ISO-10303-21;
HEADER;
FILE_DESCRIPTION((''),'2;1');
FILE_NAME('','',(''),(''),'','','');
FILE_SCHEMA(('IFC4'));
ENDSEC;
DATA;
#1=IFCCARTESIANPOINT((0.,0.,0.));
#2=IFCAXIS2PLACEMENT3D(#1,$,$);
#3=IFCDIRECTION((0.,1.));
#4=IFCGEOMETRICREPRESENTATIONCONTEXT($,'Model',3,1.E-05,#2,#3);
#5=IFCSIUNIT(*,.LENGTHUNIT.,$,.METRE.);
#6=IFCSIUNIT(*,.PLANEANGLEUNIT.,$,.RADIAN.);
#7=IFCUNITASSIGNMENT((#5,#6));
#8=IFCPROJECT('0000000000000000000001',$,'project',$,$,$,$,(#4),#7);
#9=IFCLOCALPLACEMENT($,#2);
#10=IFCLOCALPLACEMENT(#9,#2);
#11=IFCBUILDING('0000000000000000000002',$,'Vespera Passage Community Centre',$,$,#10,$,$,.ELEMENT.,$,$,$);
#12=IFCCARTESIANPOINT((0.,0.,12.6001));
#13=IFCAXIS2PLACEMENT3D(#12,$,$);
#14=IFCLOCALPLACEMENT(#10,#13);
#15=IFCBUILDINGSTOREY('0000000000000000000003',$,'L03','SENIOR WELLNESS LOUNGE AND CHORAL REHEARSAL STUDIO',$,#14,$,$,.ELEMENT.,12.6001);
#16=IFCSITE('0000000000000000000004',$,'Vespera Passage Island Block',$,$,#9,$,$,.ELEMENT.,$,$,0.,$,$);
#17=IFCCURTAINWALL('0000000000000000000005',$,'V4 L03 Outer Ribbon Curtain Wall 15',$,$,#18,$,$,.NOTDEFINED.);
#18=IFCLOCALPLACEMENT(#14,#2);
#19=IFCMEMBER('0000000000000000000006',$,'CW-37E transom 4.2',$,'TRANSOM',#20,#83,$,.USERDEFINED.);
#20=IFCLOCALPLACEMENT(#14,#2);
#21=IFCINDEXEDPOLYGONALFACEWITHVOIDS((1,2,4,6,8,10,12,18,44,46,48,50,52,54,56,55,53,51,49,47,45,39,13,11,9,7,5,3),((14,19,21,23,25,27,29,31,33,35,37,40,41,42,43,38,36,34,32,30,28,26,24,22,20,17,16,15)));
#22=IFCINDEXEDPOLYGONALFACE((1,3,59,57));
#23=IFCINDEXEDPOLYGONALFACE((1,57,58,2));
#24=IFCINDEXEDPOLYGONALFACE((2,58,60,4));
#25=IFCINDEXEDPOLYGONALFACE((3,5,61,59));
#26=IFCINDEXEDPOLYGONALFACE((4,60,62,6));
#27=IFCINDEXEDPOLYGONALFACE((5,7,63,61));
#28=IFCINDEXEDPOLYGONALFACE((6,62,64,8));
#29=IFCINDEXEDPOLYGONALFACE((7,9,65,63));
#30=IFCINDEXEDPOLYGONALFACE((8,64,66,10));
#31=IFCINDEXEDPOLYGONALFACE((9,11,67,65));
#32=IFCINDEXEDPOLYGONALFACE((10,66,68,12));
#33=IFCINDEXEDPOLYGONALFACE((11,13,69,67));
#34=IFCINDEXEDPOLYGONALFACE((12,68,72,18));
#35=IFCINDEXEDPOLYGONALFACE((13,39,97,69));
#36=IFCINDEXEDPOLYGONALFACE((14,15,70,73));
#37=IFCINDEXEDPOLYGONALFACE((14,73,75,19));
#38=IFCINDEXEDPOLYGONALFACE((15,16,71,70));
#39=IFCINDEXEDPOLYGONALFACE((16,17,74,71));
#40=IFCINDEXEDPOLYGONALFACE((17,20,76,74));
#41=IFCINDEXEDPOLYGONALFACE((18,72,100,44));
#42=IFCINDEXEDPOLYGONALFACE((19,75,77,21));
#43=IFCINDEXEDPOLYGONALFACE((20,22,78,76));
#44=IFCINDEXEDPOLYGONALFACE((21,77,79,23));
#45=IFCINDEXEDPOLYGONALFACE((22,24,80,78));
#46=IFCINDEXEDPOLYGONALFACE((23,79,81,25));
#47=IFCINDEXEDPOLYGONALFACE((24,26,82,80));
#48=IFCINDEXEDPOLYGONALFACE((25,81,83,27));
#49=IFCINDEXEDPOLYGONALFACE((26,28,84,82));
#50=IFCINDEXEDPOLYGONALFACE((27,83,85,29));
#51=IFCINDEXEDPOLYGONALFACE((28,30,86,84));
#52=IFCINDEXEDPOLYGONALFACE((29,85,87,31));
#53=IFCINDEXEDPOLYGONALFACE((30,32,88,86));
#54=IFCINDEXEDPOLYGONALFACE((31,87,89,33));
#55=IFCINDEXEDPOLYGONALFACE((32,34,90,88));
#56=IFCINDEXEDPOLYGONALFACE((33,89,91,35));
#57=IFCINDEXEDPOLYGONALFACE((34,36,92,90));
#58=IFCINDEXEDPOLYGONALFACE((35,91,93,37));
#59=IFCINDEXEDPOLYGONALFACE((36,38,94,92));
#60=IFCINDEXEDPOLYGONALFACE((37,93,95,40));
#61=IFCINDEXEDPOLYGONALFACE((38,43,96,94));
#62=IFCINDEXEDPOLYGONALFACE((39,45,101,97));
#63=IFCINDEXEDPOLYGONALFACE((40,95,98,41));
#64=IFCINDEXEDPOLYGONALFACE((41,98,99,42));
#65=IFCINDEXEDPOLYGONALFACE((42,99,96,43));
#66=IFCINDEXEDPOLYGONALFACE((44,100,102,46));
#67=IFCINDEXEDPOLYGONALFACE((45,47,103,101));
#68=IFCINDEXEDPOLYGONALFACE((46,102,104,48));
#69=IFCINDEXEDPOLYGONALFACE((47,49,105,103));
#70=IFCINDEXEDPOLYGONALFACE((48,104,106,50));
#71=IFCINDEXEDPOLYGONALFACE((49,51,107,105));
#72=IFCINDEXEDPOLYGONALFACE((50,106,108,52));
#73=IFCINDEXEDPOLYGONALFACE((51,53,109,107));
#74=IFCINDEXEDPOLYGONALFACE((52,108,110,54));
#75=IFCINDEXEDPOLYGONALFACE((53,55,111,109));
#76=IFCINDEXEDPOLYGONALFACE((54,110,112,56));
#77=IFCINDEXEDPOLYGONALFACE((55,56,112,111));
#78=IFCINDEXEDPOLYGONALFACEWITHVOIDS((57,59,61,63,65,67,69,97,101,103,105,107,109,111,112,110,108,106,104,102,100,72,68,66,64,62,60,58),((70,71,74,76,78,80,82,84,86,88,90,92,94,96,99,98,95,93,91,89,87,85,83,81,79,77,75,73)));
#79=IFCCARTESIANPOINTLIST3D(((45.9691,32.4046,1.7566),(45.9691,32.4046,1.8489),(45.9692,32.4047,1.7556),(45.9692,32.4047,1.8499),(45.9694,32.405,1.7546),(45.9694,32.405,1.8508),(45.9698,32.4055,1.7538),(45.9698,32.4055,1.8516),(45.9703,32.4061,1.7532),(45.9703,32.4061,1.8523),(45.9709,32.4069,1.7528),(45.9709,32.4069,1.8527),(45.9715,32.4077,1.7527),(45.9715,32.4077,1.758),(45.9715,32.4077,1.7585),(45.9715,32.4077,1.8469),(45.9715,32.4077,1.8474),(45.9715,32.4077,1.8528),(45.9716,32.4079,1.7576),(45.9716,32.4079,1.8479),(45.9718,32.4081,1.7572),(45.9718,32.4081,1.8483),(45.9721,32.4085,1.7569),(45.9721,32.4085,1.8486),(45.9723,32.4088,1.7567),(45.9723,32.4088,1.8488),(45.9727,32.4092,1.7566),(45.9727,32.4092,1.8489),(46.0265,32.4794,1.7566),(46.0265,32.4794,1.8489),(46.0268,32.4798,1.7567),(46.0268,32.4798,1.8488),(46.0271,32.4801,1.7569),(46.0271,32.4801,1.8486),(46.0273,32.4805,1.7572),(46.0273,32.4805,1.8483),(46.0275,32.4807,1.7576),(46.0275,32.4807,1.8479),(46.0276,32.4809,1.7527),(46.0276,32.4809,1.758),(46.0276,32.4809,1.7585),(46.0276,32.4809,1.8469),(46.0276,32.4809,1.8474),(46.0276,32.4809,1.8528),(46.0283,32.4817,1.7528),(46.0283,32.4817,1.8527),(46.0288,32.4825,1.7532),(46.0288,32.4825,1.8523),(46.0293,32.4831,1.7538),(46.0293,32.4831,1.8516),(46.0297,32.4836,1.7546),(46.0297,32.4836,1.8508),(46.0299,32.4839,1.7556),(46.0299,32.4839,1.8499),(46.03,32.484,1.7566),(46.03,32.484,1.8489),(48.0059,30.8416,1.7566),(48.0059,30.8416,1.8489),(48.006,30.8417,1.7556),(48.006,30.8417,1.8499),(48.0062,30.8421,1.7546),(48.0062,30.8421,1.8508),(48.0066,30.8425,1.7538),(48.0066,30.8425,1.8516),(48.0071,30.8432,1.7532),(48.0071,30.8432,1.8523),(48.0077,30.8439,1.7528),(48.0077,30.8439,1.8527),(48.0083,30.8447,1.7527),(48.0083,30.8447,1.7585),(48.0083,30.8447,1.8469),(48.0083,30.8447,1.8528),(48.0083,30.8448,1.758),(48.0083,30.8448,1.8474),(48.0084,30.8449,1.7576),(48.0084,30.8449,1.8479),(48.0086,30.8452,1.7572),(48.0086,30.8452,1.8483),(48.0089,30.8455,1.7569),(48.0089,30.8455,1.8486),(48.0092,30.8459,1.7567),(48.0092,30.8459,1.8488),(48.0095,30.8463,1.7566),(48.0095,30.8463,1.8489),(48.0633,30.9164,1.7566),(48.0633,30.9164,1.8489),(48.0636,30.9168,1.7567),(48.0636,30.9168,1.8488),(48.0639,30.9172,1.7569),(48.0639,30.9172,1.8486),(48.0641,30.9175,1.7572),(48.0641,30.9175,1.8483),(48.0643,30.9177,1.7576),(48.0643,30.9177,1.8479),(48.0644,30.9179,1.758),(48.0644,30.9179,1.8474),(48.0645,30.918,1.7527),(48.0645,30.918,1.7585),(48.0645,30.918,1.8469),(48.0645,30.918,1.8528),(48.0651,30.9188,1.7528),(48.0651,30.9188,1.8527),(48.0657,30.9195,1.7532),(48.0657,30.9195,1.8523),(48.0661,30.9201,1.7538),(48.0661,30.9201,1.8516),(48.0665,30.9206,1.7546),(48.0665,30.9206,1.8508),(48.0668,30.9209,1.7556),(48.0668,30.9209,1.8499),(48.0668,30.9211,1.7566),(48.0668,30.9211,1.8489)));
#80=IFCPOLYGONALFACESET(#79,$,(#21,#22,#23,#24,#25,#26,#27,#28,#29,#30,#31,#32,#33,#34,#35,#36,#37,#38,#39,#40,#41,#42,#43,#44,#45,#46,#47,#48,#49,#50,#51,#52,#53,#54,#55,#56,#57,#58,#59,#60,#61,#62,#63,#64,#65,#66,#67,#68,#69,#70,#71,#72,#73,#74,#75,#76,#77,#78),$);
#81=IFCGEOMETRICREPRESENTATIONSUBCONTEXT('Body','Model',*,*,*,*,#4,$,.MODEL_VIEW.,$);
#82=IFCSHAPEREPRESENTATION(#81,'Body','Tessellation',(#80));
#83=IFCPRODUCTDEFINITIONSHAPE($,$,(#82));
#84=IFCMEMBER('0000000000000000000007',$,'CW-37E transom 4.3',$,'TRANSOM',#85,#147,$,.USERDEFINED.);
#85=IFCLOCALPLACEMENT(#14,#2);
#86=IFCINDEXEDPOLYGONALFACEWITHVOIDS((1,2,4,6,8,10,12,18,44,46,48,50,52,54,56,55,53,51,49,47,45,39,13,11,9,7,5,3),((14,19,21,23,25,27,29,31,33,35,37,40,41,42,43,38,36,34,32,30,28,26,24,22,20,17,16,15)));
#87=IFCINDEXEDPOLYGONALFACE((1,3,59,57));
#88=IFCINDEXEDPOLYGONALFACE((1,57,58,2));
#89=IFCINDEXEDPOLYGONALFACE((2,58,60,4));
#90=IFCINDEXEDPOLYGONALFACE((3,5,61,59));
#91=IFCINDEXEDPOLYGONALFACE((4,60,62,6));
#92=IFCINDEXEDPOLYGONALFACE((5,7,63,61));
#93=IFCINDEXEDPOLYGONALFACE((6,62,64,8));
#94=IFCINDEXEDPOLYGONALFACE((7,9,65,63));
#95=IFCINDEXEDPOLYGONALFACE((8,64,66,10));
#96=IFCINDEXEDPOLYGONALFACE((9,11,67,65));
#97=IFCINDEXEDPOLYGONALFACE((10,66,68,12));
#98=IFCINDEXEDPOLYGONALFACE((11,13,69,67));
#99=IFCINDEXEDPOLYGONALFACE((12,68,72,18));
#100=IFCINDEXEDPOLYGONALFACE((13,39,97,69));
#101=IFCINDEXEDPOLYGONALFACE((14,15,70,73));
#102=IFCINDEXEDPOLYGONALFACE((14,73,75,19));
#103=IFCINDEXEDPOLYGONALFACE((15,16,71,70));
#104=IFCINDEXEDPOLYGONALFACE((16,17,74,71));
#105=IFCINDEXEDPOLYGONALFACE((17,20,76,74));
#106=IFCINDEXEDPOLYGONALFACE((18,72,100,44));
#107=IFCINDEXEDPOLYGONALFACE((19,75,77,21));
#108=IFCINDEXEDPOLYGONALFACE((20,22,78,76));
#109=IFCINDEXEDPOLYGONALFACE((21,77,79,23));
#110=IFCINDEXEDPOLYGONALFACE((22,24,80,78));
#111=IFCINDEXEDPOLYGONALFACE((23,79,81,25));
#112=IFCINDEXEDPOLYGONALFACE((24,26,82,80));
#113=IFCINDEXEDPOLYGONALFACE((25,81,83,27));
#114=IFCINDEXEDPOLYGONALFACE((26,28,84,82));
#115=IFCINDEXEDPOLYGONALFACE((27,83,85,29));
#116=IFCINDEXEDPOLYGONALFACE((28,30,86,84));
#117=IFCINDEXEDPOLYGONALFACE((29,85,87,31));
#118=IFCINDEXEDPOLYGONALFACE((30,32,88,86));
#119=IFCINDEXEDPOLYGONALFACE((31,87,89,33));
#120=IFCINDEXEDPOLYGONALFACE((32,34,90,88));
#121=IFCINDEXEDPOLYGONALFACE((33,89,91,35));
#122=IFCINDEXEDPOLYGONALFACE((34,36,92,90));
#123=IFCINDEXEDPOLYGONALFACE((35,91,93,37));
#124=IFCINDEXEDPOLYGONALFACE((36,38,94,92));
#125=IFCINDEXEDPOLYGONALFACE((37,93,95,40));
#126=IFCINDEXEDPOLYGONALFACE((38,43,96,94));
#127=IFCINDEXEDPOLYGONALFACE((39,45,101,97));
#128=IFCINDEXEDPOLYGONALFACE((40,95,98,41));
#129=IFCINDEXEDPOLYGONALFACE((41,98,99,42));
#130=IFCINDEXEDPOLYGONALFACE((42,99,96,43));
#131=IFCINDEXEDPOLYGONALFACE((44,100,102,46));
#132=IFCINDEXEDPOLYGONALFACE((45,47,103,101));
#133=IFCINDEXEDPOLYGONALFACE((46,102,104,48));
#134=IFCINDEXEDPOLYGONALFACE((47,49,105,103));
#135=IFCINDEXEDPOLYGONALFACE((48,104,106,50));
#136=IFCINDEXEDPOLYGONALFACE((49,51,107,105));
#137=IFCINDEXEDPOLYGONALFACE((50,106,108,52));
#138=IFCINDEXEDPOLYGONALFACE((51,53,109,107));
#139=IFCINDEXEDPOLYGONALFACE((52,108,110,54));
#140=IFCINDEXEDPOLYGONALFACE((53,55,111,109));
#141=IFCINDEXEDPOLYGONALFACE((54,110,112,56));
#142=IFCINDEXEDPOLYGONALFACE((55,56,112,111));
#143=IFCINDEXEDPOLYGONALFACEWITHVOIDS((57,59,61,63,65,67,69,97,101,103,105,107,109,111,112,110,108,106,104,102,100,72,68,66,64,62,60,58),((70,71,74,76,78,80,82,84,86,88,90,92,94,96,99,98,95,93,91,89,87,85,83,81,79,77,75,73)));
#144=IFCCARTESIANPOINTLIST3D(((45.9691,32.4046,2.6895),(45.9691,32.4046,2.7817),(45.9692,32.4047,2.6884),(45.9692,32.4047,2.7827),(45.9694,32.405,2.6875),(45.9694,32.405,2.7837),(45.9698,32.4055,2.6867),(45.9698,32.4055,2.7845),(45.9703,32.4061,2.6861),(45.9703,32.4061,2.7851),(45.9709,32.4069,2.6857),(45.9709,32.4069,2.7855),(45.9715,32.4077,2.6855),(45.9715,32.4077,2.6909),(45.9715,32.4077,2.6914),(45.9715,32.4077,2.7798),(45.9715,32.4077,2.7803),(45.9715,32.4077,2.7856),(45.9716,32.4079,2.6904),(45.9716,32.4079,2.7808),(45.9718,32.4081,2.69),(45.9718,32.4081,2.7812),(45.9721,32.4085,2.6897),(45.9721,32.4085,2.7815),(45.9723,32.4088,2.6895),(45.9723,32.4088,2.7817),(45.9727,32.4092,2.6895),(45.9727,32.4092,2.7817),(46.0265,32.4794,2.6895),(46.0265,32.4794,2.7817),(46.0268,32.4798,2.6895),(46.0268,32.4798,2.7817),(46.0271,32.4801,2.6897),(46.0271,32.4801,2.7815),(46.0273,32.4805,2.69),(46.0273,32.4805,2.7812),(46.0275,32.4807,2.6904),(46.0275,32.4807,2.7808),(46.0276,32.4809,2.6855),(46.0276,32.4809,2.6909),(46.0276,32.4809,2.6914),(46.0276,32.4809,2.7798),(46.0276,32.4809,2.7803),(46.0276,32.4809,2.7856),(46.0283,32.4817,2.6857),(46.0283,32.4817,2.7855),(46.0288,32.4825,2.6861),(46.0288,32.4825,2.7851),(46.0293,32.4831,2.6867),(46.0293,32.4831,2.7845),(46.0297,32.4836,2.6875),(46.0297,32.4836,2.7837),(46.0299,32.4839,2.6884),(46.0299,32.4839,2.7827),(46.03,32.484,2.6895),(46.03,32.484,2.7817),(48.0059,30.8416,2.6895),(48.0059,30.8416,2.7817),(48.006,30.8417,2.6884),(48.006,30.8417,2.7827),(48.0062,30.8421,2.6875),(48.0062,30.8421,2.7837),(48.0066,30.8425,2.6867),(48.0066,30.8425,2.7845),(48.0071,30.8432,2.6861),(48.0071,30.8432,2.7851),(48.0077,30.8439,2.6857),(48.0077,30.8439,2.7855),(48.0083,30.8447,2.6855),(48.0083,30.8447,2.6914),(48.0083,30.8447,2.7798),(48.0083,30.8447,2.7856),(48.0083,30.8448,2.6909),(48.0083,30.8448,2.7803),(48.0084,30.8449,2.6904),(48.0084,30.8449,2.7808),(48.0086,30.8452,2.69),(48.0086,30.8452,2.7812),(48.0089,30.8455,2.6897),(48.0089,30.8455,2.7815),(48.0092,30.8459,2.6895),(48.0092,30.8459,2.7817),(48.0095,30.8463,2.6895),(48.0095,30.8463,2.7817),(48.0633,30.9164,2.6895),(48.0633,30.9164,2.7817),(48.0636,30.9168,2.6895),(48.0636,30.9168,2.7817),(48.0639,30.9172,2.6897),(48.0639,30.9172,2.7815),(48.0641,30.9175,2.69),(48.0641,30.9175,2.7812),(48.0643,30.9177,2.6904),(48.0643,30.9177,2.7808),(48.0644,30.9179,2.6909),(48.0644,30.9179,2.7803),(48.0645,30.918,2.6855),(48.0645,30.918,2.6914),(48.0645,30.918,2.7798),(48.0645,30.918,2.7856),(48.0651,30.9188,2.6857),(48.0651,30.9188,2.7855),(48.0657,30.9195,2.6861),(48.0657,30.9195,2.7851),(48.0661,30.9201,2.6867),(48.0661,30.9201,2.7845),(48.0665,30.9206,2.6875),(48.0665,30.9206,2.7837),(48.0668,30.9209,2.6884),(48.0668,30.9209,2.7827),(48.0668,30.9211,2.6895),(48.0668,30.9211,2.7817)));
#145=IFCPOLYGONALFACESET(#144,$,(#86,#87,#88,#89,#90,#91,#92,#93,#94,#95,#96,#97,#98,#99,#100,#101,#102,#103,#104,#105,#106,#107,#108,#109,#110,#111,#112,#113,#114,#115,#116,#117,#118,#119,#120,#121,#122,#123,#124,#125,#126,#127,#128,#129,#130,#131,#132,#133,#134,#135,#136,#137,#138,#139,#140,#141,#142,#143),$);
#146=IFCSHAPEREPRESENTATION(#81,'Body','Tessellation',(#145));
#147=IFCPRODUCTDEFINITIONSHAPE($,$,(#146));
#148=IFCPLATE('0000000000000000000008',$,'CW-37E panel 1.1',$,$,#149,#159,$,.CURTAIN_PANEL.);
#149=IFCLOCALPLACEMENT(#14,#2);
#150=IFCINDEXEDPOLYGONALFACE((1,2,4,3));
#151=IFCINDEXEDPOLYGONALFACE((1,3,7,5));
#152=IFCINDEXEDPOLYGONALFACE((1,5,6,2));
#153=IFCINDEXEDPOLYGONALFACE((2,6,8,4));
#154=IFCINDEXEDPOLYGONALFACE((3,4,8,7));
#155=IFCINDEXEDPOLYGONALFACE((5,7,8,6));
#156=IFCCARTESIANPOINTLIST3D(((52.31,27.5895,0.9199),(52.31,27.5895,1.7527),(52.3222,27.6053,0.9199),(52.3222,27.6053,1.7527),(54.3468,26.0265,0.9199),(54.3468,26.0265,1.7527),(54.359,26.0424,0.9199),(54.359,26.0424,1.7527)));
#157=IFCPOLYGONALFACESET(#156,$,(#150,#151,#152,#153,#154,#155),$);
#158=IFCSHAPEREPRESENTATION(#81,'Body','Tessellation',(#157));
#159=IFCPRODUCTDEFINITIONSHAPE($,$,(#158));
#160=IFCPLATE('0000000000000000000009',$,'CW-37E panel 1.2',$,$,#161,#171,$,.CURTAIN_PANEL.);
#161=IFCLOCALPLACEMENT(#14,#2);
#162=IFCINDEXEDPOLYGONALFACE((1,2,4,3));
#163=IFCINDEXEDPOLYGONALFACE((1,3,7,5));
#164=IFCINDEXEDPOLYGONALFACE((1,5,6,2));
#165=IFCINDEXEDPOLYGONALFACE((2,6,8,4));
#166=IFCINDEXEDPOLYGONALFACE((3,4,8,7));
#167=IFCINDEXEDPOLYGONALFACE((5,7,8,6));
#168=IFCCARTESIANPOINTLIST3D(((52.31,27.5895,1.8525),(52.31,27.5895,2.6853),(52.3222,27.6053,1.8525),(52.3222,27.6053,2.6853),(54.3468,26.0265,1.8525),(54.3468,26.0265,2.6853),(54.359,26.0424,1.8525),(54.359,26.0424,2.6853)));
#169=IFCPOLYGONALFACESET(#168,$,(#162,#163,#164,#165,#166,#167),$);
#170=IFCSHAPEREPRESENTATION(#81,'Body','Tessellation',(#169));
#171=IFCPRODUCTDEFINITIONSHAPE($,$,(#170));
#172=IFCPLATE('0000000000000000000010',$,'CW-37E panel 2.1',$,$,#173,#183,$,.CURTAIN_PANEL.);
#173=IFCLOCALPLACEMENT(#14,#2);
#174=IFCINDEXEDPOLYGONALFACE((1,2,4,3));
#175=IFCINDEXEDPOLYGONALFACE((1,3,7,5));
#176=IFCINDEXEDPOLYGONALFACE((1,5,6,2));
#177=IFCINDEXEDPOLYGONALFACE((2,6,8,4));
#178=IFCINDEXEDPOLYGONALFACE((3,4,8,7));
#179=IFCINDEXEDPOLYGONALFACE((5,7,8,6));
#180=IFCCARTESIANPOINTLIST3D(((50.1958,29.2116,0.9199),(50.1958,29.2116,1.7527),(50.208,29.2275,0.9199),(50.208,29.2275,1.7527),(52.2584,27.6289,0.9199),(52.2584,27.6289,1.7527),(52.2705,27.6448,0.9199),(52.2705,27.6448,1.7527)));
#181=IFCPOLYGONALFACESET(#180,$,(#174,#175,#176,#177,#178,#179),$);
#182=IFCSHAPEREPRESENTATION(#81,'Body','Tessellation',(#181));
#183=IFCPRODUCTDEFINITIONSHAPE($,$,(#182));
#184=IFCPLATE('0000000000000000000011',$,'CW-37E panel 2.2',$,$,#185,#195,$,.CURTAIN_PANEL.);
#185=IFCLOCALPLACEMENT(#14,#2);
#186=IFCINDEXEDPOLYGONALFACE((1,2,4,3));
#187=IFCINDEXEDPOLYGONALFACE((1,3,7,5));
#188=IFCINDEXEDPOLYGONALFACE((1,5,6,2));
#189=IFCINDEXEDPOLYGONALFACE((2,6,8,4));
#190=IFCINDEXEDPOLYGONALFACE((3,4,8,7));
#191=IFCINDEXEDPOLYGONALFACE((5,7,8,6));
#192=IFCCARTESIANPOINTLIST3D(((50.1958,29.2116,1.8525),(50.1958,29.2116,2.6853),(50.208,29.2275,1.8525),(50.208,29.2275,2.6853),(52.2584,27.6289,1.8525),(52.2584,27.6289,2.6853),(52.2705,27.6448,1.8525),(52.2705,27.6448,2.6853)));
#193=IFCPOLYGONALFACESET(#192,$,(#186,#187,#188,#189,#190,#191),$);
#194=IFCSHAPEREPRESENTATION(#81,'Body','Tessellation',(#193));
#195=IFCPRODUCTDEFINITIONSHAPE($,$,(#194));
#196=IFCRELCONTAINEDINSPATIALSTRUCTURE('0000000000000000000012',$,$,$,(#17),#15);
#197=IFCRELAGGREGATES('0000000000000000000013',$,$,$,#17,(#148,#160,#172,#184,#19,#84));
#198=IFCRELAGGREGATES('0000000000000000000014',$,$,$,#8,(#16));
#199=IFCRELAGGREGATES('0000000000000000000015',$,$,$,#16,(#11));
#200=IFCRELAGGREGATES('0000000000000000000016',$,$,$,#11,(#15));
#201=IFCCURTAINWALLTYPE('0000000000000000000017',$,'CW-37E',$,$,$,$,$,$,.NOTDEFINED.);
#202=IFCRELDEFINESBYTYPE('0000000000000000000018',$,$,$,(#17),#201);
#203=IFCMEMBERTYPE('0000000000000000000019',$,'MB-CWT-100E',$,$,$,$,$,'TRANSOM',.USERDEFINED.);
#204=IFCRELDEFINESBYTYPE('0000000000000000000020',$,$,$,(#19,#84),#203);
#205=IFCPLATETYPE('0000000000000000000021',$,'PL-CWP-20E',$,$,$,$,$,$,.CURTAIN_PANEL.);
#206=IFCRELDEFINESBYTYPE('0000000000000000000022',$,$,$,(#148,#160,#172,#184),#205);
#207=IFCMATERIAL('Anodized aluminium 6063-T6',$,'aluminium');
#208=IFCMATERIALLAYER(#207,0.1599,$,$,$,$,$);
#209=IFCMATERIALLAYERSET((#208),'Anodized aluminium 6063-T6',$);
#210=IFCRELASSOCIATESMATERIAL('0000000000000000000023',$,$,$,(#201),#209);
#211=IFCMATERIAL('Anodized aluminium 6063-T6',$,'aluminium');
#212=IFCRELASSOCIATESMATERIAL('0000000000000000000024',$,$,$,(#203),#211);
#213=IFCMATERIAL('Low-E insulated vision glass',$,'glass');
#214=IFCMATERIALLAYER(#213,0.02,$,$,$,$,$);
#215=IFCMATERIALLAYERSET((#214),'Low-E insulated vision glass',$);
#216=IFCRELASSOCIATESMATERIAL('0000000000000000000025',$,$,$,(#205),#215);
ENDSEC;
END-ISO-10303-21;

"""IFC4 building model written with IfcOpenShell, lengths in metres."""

from ifc_helpers import new_model, si_unit, direction, frame, origin, origin_2d, place, context, subcontext, project, spatial, rectangle, hollow_rectangle, extrude, material, layer, layer_set, material_profile, profile_set, type_object, element, aggregate, save


model = new_model("IFC4")

# Units and contexts
model_context = context("Model", 3, precision=1e-05, world=origin(), true_north=direction((0.0, 1.0)))
body_context = subcontext(model_context, "Body", "Model", "MODEL_VIEW")
ifc_project = project(units=[si_unit("LENGTHUNIT", "METRE"), si_unit("PLANEANGLEUNIT", "RADIAN")], contexts=[model_context])

# Site, building, storey
site_placement = place(None, origin())
site = spatial("IfcSite", under=ifc_project, at=site_placement, Name="Vespera Passage Island Block", CompositionType="ELEMENT", RefElevation=0.0)
building_placement = place(site_placement, origin())
building = spatial("IfcBuilding", under=site, at=building_placement, Name="Vespera Passage Community Centre", CompositionType="ELEMENT")
storey_placement = place(building_placement, frame((0.0, 0.0, 12.6001)))
storey = spatial("IfcBuildingStorey", under=building, at=storey_placement, Name="L03", Description="SENIOR WELLNESS LOUNGE AND CHORAL REHEARSAL STUDIO", CompositionType="ELEMENT", Elevation=12.6001)

# Curtain wall, members, plates
ifc_material_1 = material(Name="Anodized aluminium 6063-T6", Category="aluminium")
ifc_layer_1 = layer(ifc_material_1, 0.1599)
ifc_layer_set_1 = layer_set([ifc_layer_1], Name="Anodized aluminium 6063-T6")
curtain_wall_type = type_object("IfcCurtainWallType", Name="CW-37E", PredefinedType="NOTDEFINED", material=ifc_layer_set_1)
curtain_wall_placement = place(storey_placement, origin())
curtain_wall = element("IfcCurtainWall", 1, at=curtain_wall_placement, inside=storey, type_object=curtain_wall_type, Name="V4 L03 Outer Ribbon Curtain Wall 15", PredefinedType="NOTDEFINED")
ifc_material_2 = material(Name="Anodized aluminium 6063-T6", Category="aluminium")
ifc_material_profile_1 = material_profile(ifc_material_2, hollow_rectangle(XDim=0.1001, YDim=0.1001, WallThickness=0.0039, InnerFilletRadius=0.002, OuterFilletRadius=0.0039, at=origin_2d()), Name="ALU100X100X4")
ifc_profile_set_1 = profile_set([ifc_material_profile_1], Name="Anodized aluminium 6063-T6")
member_type_1 = type_object("IfcMemberType", Name="MB-CWT-100E", ElementType="TRANSOM", PredefinedType="USERDEFINED", material=ifc_profile_set_1)
member_1_placement = place(storey_placement, frame((48.0364, 30.8813, 1.8027), z_axis=(-0.793345, 0.608773, 0.0), x_axis=(-0.608773, -0.793345, 0.0)))
member_1 = element("IfcMember", 2, at=member_1_placement, type_object=member_type_1, Name="CW-37E transom 4.2", ObjectType="TRANSOM", PredefinedType="USERDEFINED", context=body_context, shape_type="SweptSolid", body=[
    extrude(hollow_rectangle(XDim=0.1001, YDim=0.1001, WallThickness=0.0039, InnerFilletRadius=0.002, OuterFilletRadius=0.0039, at=origin_2d()), origin(), (0.0, 0.0, 1.0), 2.5674),
])
member_2_placement = place(storey_placement, frame((48.0364, 30.8813, 2.7356), z_axis=(-0.793345, 0.608773, 0.0), x_axis=(-0.608773, -0.793345, 0.0)))
member_2 = element("IfcMember", 3, at=member_2_placement, type_object=member_type_1, Name="CW-37E transom 4.3", ObjectType="TRANSOM", PredefinedType="USERDEFINED", context=body_context, shape_type="SweptSolid", body=[
    extrude(hollow_rectangle(XDim=0.1001, YDim=0.1001, WallThickness=0.0039, InnerFilletRadius=0.002, OuterFilletRadius=0.0039, at=origin_2d()), origin(), (0.0, 0.0, 1.0), 2.5674),
])
ifc_material_3 = material(Name="Low-E insulated vision glass", Category="glass")
ifc_layer_2 = layer(ifc_material_3, 0.02)
ifc_layer_set_2 = layer_set([ifc_layer_2], Name="Low-E insulated vision glass")
plate_type = type_object("IfcPlateType", Name="PL-CWP-20E", PredefinedType="CURTAIN_PANEL", material=ifc_layer_set_2)
plate_1_placement = place(storey_placement, frame((53.3345, 26.8159, 0.9199), z_axis=(0.0, 0.0, 1.0), x_axis=(-0.793345, 0.608772, 0.0)))
plate_1 = element("IfcPlate", 4, at=plate_1_placement, type_object=plate_type, Name="CW-37E panel 1.1", PredefinedType="CURTAIN_PANEL", context=body_context, shape_type="SweptSolid", body=[
    extrude(rectangle(XDim=2.5674, YDim=0.02, at=origin_2d()), origin(), (0.0, 0.0, 1.0), 0.8328),
])
plate_2_placement = place(storey_placement, frame((53.3345, 26.8159, 1.8525), z_axis=(0.0, 0.0, 1.0), x_axis=(-0.793345, 0.608772, 0.0)))
plate_2 = element("IfcPlate", 5, at=plate_2_placement, type_object=plate_type, Name="CW-37E panel 1.2", PredefinedType="CURTAIN_PANEL", context=body_context, shape_type="SweptSolid", body=[
    extrude(rectangle(XDim=2.5674, YDim=0.02, at=origin_2d()), origin(), (0.0, 0.0, 1.0), 0.8328),
])
plate_3_placement = place(storey_placement, frame((51.2332, 28.4282, 0.9199), z_axis=(0.0, 0.0, 1.0), x_axis=(-0.793345, 0.608772, 0.0)))
plate_3 = element("IfcPlate", 6, at=plate_3_placement, type_object=plate_type, Name="CW-37E panel 2.1", PredefinedType="CURTAIN_PANEL", context=body_context, shape_type="SweptSolid", body=[
    extrude(rectangle(XDim=2.5999, YDim=0.02, at=origin_2d()), origin(), (0.0, 0.0, 1.0), 0.8328),
])
plate_4_placement = place(storey_placement, frame((51.2332, 28.4282, 1.8525), z_axis=(0.0, 0.0, 1.0), x_axis=(-0.793345, 0.608772, 0.0)))
plate_4 = element("IfcPlate", 7, at=plate_4_placement, type_object=plate_type, Name="CW-37E panel 2.2", PredefinedType="CURTAIN_PANEL", context=body_context, shape_type="SweptSolid", body=[
    extrude(rectangle(XDim=2.5999, YDim=0.02, at=origin_2d()), origin(), (0.0, 0.0, 1.0), 0.8328),
])
aggregate(curtain_wall, [plate_1, plate_2, plate_3, plate_4, member_1, member_2])

save(model, "model.ifc")
